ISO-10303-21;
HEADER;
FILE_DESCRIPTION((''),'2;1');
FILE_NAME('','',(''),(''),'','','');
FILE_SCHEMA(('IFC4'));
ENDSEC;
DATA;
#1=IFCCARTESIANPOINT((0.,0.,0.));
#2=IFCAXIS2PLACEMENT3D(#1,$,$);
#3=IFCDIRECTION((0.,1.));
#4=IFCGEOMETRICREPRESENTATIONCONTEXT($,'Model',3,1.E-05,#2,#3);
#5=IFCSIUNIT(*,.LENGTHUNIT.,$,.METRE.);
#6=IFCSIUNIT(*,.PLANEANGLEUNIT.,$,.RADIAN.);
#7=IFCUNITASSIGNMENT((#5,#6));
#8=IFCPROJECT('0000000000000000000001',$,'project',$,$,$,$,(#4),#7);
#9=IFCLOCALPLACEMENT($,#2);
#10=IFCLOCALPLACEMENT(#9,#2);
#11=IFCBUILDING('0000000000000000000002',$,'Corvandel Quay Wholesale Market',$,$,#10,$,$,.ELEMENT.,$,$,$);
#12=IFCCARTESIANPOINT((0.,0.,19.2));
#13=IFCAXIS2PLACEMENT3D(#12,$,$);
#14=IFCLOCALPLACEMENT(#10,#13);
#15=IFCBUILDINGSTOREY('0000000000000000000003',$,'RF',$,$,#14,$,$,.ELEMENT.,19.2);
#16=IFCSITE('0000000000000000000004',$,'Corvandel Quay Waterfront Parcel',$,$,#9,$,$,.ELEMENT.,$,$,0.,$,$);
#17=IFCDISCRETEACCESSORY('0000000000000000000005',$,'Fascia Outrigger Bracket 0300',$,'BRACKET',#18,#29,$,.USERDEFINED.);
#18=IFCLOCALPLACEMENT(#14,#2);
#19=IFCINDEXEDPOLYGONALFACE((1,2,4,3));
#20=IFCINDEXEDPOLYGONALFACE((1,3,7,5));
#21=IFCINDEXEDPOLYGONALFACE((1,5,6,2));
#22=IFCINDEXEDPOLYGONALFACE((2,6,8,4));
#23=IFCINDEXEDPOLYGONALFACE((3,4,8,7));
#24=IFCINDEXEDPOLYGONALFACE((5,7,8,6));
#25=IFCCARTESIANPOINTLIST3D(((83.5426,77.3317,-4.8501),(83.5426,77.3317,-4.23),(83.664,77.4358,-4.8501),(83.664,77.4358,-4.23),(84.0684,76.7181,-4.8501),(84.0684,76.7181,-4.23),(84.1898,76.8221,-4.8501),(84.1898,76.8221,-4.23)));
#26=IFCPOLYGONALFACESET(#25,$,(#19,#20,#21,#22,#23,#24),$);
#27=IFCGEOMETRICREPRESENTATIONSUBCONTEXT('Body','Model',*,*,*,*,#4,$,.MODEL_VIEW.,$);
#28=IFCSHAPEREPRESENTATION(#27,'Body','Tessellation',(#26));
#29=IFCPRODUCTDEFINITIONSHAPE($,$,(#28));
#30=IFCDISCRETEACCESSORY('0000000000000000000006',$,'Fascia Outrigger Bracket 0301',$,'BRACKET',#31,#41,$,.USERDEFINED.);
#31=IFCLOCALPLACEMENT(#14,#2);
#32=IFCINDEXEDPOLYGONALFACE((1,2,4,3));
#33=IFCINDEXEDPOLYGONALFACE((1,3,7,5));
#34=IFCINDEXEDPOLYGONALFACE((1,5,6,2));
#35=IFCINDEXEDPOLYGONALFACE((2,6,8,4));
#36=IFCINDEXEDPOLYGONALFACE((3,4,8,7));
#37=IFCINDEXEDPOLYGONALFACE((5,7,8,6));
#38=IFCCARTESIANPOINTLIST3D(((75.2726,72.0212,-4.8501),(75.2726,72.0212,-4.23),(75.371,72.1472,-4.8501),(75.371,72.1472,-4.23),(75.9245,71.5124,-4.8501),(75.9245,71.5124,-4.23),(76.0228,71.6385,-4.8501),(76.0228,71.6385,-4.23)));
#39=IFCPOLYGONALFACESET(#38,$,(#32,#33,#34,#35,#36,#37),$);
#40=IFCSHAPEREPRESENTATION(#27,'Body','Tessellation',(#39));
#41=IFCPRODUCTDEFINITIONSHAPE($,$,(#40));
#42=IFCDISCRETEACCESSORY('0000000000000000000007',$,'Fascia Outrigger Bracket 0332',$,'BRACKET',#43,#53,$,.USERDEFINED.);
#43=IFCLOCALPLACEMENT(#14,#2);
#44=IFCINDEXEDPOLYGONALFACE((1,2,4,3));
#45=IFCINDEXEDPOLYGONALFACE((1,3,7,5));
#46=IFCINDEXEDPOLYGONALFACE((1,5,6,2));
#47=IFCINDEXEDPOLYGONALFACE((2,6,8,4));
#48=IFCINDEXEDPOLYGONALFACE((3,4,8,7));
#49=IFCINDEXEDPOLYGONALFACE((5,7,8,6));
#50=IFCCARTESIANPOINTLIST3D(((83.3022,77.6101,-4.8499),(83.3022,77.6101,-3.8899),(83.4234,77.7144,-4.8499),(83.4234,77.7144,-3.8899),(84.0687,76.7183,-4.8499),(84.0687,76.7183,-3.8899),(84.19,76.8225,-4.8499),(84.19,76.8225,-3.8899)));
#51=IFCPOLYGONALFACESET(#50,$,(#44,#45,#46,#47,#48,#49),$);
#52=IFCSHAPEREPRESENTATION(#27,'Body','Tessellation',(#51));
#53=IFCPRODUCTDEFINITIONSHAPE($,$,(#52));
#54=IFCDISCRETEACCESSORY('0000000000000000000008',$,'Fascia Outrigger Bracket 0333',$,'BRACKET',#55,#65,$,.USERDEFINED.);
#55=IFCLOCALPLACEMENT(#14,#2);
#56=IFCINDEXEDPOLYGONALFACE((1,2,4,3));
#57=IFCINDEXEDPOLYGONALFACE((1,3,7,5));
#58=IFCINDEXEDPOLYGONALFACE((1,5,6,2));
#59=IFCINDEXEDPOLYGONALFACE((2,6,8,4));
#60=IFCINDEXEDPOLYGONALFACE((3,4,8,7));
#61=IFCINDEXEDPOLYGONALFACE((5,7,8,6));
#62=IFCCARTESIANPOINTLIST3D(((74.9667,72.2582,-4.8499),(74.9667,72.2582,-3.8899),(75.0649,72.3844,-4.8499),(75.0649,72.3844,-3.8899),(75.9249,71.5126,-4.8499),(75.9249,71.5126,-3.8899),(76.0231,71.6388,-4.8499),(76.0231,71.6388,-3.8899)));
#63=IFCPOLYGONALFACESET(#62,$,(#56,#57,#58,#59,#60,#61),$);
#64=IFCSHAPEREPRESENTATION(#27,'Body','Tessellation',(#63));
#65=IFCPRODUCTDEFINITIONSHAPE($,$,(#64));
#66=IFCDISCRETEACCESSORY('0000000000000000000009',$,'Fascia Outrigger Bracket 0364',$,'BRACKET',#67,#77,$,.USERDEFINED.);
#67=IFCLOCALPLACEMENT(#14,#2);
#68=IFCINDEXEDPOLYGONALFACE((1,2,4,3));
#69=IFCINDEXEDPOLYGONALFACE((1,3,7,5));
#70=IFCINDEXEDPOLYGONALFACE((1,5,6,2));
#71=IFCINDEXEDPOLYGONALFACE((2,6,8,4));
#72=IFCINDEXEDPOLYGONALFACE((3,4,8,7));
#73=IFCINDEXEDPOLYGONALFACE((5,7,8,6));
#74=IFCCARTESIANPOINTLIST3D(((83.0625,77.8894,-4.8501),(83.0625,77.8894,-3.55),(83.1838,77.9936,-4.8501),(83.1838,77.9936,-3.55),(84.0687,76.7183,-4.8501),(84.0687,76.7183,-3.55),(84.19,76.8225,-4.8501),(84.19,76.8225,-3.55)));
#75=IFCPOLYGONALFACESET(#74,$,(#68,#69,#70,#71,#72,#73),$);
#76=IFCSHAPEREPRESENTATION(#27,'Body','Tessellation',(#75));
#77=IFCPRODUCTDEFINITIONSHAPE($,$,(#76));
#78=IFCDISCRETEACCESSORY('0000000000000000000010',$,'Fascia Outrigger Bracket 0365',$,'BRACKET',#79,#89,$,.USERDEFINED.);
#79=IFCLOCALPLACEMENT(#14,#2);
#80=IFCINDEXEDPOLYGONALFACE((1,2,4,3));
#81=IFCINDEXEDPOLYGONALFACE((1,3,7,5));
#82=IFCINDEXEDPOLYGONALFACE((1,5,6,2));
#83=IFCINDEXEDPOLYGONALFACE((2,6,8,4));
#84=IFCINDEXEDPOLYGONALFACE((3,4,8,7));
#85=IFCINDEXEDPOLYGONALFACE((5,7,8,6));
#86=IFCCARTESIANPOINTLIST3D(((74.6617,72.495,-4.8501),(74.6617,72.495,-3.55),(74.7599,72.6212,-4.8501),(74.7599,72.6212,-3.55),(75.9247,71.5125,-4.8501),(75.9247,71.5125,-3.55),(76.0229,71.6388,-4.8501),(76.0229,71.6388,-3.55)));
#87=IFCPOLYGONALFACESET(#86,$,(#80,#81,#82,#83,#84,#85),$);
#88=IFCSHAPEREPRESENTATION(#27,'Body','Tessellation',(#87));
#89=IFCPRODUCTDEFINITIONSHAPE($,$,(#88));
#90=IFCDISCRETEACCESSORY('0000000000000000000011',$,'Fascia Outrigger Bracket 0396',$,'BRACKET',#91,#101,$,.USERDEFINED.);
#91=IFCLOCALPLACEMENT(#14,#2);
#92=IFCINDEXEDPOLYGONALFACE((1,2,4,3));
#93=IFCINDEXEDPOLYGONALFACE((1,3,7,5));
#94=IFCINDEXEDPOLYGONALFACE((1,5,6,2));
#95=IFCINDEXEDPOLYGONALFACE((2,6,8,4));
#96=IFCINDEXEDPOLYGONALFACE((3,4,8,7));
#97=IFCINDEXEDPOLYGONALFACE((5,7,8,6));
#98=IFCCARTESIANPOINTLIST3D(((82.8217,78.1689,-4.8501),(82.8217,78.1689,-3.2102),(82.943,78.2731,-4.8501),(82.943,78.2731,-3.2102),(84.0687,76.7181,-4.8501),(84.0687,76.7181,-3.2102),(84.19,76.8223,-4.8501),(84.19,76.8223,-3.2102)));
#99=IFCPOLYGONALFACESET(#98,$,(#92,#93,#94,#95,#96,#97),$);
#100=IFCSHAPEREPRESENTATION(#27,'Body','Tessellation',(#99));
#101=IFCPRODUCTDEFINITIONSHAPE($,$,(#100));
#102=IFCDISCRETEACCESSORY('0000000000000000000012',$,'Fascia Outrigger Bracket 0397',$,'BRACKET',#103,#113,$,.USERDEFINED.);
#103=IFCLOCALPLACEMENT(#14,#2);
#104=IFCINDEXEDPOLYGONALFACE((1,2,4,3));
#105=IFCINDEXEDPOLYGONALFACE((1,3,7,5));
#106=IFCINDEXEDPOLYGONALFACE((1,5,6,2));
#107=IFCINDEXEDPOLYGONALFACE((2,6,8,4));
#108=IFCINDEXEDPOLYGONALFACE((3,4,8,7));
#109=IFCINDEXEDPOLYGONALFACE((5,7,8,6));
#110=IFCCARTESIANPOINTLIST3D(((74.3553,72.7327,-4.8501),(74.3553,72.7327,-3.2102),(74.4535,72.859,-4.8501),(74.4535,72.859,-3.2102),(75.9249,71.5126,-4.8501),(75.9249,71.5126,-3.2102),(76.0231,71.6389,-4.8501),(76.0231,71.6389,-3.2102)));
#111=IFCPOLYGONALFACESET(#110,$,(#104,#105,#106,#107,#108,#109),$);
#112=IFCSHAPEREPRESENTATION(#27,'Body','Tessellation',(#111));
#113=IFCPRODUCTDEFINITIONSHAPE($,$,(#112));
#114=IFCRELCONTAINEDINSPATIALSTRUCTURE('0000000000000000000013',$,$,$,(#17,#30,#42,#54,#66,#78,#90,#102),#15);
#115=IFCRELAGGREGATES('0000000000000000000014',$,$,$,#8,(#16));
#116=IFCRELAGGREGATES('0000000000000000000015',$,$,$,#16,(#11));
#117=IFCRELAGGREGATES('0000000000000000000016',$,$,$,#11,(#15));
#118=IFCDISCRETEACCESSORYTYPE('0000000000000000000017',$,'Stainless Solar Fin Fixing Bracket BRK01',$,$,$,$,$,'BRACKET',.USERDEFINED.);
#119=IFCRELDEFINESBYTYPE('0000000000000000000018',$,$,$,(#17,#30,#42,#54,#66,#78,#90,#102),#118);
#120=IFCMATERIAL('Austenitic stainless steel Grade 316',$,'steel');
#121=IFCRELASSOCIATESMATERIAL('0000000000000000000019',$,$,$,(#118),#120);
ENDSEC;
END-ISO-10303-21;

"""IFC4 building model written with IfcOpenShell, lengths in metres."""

from ifc_helpers import new_model, si_unit, direction, frame, origin, origin_2d, place, context, subcontext, project, spatial, rectangle, extrude, material, type_object, element, save


model = new_model("IFC4")

# Units and contexts
model_context = context("Model", 3, precision=1e-05, world=origin(), true_north=direction((0.0, 1.0)))
body_context = subcontext(model_context, "Body", "Model", "MODEL_VIEW")
ifc_project = project(units=[si_unit("LENGTHUNIT", "METRE"), si_unit("PLANEANGLEUNIT", "RADIAN")], contexts=[model_context])

# Site, building, storey
site_placement = place(None, origin())
site = spatial("IfcSite", under=ifc_project, at=site_placement, Name="Corvandel Quay Waterfront Parcel", CompositionType="ELEMENT", RefElevation=0.0)
building_placement = place(site_placement, origin())
building = spatial("IfcBuilding", under=site, at=building_placement, Name="Corvandel Quay Wholesale Market", CompositionType="ELEMENT")
storey_placement = place(building_placement, frame((0.0, 0.0, 19.2)))
storey = spatial("IfcBuildingStorey", under=building, at=storey_placement, Name="RF", CompositionType="ELEMENT", Elevation=19.2)

# Discrete accessories
ifc_material_1 = material(Name="Austenitic stainless steel Grade 316", Category="steel")
discrete_accessory_type = type_object("IfcDiscreteAccessoryType", Name="Stainless Solar Fin Fixing Bracket BRK01", ElementType="BRACKET", PredefinedType="USERDEFINED", material=ifc_material_1)
discrete_accessory_1_placement = place(storey_placement, frame((83.8662, 77.0769, -4.8501), z_axis=(0.0, 0.0, 1.0), x_axis=(-0.650642, 0.759385, 0.0)))
element("IfcDiscreteAccessory", 1, at=discrete_accessory_1_placement, inside=storey, type_object=discrete_accessory_type, Name="Fascia Outrigger Bracket 0300", ObjectType="BRACKET", PredefinedType="USERDEFINED", context=body_context, shape_type="SweptSolid", body=[
    extrude(rectangle(XDim=0.8081, YDim=0.1599, at=origin_2d()), origin(), (0.0, 0.0, 1.0), 0.6201),
])
discrete_accessory_2_placement = place(storey_placement, frame((75.6477, 71.8298, -4.8501), z_axis=(0.0, 0.0, 1.0), x_axis=(-0.788333, 0.615249, 0.0)))
element("IfcDiscreteAccessory", 2, at=discrete_accessory_2_placement, inside=storey, type_object=discrete_accessory_type, Name="Fascia Outrigger Bracket 0301", ObjectType="BRACKET", PredefinedType="USERDEFINED", context=body_context, shape_type="SweptSolid", body=[
    extrude(rectangle(XDim=0.8269, YDim=0.1599, at=origin_2d()), origin(), (0.0, 0.0, 1.0), 0.6201),
])
discrete_accessory_3_placement = place(storey_placement, frame((83.7461, 77.2163, -4.8499), z_axis=(0.0, 0.0, 1.0), x_axis=(-0.651834, 0.758362, 0.0)))
element("IfcDiscreteAccessory", 3, at=discrete_accessory_3_placement, inside=storey, type_object=discrete_accessory_type, Name="Fascia Outrigger Bracket 0332", ObjectType="BRACKET", PredefinedType="USERDEFINED", context=body_context, shape_type="SweptSolid", body=[
    extrude(rectangle(XDim=1.176, YDim=0.1599, at=origin_2d()), origin(), (0.0, 0.0, 1.0), 0.96),
])
discrete_accessory_4_placement = place(storey_placement, frame((75.4949, 71.9485, -4.8499), z_axis=(0.0, 0.0, 1.0), x_axis=(-0.789191, 0.614147, 0.0)))
element("IfcDiscreteAccessory", 4, at=discrete_accessory_4_placement, inside=storey, type_object=discrete_accessory_type, Name="Fascia Outrigger Bracket 0333", ObjectType="BRACKET", PredefinedType="USERDEFINED", context=body_context, shape_type="SweptSolid", body=[
    extrude(rectangle(XDim=1.2141, YDim=0.1599, at=origin_2d()), origin(), (0.0, 0.0, 1.0), 0.96),
])
discrete_accessory_5_placement = place(storey_placement, frame((83.6262, 77.356, -4.8501), z_axis=(0.0, 0.0, 1.0), x_axis=(-0.651701, 0.758476, 0.0)))
element("IfcDiscreteAccessory", 5, at=discrete_accessory_5_placement, inside=storey, type_object=discrete_accessory_type, Name="Fascia Outrigger Bracket 0364", ObjectType="BRACKET", PredefinedType="USERDEFINED", context=body_context, shape_type="SweptSolid", body=[
    extrude(rectangle(XDim=1.5439, YDim=0.1599, at=origin_2d()), origin(), (0.0, 0.0, 1.0), 1.3),
])
discrete_accessory_6_placement = place(storey_placement, frame((75.3423, 72.0669, -4.8501), z_axis=(0.0, 0.0, 1.0), x_axis=(-0.789298, 0.61401, 0.0)))
element("IfcDiscreteAccessory", 6, at=discrete_accessory_6_placement, inside=storey, type_object=discrete_accessory_type, Name="Fascia Outrigger Bracket 0365", ObjectType="BRACKET", PredefinedType="USERDEFINED", context=body_context, shape_type="SweptSolid", body=[
    extrude(rectangle(XDim=1.6001, YDim=0.1599, at=origin_2d()), origin(), (0.0, 0.0, 1.0), 1.3),
])
discrete_accessory_7_placement = place(storey_placement, frame((83.5059, 77.4956, -4.8501), z_axis=(0.0, 0.0, 1.0), x_axis=(-0.651834, 0.758362, 0.0)))
element("IfcDiscreteAccessory", 7, at=discrete_accessory_7_placement, inside=storey, type_object=discrete_accessory_type, Name="Fascia Outrigger Bracket 0396", ObjectType="BRACKET", PredefinedType="USERDEFINED", context=body_context, shape_type="SweptSolid", body=[
    extrude(rectangle(XDim=1.9131, YDim=0.1599, at=origin_2d()), origin(), (0.0, 0.0, 1.0), 1.6399),
])
discrete_accessory_8_placement = place(storey_placement, frame((75.1892, 72.1858, -4.8501), z_axis=(0.0, 0.0, 1.0), x_axis=(-0.789513, 0.613734, 0.0)))
element("IfcDiscreteAccessory", 8, at=discrete_accessory_8_placement, inside=storey, type_object=discrete_accessory_type, Name="Fascia Outrigger Bracket 0397", ObjectType="BRACKET", PredefinedType="USERDEFINED", context=body_context, shape_type="SweptSolid", body=[
    extrude(rectangle(XDim=1.988, YDim=0.1599, at=origin_2d()), origin(), (0.0, 0.0, 1.0), 1.6399),
])

save(model, "model.ifc")
